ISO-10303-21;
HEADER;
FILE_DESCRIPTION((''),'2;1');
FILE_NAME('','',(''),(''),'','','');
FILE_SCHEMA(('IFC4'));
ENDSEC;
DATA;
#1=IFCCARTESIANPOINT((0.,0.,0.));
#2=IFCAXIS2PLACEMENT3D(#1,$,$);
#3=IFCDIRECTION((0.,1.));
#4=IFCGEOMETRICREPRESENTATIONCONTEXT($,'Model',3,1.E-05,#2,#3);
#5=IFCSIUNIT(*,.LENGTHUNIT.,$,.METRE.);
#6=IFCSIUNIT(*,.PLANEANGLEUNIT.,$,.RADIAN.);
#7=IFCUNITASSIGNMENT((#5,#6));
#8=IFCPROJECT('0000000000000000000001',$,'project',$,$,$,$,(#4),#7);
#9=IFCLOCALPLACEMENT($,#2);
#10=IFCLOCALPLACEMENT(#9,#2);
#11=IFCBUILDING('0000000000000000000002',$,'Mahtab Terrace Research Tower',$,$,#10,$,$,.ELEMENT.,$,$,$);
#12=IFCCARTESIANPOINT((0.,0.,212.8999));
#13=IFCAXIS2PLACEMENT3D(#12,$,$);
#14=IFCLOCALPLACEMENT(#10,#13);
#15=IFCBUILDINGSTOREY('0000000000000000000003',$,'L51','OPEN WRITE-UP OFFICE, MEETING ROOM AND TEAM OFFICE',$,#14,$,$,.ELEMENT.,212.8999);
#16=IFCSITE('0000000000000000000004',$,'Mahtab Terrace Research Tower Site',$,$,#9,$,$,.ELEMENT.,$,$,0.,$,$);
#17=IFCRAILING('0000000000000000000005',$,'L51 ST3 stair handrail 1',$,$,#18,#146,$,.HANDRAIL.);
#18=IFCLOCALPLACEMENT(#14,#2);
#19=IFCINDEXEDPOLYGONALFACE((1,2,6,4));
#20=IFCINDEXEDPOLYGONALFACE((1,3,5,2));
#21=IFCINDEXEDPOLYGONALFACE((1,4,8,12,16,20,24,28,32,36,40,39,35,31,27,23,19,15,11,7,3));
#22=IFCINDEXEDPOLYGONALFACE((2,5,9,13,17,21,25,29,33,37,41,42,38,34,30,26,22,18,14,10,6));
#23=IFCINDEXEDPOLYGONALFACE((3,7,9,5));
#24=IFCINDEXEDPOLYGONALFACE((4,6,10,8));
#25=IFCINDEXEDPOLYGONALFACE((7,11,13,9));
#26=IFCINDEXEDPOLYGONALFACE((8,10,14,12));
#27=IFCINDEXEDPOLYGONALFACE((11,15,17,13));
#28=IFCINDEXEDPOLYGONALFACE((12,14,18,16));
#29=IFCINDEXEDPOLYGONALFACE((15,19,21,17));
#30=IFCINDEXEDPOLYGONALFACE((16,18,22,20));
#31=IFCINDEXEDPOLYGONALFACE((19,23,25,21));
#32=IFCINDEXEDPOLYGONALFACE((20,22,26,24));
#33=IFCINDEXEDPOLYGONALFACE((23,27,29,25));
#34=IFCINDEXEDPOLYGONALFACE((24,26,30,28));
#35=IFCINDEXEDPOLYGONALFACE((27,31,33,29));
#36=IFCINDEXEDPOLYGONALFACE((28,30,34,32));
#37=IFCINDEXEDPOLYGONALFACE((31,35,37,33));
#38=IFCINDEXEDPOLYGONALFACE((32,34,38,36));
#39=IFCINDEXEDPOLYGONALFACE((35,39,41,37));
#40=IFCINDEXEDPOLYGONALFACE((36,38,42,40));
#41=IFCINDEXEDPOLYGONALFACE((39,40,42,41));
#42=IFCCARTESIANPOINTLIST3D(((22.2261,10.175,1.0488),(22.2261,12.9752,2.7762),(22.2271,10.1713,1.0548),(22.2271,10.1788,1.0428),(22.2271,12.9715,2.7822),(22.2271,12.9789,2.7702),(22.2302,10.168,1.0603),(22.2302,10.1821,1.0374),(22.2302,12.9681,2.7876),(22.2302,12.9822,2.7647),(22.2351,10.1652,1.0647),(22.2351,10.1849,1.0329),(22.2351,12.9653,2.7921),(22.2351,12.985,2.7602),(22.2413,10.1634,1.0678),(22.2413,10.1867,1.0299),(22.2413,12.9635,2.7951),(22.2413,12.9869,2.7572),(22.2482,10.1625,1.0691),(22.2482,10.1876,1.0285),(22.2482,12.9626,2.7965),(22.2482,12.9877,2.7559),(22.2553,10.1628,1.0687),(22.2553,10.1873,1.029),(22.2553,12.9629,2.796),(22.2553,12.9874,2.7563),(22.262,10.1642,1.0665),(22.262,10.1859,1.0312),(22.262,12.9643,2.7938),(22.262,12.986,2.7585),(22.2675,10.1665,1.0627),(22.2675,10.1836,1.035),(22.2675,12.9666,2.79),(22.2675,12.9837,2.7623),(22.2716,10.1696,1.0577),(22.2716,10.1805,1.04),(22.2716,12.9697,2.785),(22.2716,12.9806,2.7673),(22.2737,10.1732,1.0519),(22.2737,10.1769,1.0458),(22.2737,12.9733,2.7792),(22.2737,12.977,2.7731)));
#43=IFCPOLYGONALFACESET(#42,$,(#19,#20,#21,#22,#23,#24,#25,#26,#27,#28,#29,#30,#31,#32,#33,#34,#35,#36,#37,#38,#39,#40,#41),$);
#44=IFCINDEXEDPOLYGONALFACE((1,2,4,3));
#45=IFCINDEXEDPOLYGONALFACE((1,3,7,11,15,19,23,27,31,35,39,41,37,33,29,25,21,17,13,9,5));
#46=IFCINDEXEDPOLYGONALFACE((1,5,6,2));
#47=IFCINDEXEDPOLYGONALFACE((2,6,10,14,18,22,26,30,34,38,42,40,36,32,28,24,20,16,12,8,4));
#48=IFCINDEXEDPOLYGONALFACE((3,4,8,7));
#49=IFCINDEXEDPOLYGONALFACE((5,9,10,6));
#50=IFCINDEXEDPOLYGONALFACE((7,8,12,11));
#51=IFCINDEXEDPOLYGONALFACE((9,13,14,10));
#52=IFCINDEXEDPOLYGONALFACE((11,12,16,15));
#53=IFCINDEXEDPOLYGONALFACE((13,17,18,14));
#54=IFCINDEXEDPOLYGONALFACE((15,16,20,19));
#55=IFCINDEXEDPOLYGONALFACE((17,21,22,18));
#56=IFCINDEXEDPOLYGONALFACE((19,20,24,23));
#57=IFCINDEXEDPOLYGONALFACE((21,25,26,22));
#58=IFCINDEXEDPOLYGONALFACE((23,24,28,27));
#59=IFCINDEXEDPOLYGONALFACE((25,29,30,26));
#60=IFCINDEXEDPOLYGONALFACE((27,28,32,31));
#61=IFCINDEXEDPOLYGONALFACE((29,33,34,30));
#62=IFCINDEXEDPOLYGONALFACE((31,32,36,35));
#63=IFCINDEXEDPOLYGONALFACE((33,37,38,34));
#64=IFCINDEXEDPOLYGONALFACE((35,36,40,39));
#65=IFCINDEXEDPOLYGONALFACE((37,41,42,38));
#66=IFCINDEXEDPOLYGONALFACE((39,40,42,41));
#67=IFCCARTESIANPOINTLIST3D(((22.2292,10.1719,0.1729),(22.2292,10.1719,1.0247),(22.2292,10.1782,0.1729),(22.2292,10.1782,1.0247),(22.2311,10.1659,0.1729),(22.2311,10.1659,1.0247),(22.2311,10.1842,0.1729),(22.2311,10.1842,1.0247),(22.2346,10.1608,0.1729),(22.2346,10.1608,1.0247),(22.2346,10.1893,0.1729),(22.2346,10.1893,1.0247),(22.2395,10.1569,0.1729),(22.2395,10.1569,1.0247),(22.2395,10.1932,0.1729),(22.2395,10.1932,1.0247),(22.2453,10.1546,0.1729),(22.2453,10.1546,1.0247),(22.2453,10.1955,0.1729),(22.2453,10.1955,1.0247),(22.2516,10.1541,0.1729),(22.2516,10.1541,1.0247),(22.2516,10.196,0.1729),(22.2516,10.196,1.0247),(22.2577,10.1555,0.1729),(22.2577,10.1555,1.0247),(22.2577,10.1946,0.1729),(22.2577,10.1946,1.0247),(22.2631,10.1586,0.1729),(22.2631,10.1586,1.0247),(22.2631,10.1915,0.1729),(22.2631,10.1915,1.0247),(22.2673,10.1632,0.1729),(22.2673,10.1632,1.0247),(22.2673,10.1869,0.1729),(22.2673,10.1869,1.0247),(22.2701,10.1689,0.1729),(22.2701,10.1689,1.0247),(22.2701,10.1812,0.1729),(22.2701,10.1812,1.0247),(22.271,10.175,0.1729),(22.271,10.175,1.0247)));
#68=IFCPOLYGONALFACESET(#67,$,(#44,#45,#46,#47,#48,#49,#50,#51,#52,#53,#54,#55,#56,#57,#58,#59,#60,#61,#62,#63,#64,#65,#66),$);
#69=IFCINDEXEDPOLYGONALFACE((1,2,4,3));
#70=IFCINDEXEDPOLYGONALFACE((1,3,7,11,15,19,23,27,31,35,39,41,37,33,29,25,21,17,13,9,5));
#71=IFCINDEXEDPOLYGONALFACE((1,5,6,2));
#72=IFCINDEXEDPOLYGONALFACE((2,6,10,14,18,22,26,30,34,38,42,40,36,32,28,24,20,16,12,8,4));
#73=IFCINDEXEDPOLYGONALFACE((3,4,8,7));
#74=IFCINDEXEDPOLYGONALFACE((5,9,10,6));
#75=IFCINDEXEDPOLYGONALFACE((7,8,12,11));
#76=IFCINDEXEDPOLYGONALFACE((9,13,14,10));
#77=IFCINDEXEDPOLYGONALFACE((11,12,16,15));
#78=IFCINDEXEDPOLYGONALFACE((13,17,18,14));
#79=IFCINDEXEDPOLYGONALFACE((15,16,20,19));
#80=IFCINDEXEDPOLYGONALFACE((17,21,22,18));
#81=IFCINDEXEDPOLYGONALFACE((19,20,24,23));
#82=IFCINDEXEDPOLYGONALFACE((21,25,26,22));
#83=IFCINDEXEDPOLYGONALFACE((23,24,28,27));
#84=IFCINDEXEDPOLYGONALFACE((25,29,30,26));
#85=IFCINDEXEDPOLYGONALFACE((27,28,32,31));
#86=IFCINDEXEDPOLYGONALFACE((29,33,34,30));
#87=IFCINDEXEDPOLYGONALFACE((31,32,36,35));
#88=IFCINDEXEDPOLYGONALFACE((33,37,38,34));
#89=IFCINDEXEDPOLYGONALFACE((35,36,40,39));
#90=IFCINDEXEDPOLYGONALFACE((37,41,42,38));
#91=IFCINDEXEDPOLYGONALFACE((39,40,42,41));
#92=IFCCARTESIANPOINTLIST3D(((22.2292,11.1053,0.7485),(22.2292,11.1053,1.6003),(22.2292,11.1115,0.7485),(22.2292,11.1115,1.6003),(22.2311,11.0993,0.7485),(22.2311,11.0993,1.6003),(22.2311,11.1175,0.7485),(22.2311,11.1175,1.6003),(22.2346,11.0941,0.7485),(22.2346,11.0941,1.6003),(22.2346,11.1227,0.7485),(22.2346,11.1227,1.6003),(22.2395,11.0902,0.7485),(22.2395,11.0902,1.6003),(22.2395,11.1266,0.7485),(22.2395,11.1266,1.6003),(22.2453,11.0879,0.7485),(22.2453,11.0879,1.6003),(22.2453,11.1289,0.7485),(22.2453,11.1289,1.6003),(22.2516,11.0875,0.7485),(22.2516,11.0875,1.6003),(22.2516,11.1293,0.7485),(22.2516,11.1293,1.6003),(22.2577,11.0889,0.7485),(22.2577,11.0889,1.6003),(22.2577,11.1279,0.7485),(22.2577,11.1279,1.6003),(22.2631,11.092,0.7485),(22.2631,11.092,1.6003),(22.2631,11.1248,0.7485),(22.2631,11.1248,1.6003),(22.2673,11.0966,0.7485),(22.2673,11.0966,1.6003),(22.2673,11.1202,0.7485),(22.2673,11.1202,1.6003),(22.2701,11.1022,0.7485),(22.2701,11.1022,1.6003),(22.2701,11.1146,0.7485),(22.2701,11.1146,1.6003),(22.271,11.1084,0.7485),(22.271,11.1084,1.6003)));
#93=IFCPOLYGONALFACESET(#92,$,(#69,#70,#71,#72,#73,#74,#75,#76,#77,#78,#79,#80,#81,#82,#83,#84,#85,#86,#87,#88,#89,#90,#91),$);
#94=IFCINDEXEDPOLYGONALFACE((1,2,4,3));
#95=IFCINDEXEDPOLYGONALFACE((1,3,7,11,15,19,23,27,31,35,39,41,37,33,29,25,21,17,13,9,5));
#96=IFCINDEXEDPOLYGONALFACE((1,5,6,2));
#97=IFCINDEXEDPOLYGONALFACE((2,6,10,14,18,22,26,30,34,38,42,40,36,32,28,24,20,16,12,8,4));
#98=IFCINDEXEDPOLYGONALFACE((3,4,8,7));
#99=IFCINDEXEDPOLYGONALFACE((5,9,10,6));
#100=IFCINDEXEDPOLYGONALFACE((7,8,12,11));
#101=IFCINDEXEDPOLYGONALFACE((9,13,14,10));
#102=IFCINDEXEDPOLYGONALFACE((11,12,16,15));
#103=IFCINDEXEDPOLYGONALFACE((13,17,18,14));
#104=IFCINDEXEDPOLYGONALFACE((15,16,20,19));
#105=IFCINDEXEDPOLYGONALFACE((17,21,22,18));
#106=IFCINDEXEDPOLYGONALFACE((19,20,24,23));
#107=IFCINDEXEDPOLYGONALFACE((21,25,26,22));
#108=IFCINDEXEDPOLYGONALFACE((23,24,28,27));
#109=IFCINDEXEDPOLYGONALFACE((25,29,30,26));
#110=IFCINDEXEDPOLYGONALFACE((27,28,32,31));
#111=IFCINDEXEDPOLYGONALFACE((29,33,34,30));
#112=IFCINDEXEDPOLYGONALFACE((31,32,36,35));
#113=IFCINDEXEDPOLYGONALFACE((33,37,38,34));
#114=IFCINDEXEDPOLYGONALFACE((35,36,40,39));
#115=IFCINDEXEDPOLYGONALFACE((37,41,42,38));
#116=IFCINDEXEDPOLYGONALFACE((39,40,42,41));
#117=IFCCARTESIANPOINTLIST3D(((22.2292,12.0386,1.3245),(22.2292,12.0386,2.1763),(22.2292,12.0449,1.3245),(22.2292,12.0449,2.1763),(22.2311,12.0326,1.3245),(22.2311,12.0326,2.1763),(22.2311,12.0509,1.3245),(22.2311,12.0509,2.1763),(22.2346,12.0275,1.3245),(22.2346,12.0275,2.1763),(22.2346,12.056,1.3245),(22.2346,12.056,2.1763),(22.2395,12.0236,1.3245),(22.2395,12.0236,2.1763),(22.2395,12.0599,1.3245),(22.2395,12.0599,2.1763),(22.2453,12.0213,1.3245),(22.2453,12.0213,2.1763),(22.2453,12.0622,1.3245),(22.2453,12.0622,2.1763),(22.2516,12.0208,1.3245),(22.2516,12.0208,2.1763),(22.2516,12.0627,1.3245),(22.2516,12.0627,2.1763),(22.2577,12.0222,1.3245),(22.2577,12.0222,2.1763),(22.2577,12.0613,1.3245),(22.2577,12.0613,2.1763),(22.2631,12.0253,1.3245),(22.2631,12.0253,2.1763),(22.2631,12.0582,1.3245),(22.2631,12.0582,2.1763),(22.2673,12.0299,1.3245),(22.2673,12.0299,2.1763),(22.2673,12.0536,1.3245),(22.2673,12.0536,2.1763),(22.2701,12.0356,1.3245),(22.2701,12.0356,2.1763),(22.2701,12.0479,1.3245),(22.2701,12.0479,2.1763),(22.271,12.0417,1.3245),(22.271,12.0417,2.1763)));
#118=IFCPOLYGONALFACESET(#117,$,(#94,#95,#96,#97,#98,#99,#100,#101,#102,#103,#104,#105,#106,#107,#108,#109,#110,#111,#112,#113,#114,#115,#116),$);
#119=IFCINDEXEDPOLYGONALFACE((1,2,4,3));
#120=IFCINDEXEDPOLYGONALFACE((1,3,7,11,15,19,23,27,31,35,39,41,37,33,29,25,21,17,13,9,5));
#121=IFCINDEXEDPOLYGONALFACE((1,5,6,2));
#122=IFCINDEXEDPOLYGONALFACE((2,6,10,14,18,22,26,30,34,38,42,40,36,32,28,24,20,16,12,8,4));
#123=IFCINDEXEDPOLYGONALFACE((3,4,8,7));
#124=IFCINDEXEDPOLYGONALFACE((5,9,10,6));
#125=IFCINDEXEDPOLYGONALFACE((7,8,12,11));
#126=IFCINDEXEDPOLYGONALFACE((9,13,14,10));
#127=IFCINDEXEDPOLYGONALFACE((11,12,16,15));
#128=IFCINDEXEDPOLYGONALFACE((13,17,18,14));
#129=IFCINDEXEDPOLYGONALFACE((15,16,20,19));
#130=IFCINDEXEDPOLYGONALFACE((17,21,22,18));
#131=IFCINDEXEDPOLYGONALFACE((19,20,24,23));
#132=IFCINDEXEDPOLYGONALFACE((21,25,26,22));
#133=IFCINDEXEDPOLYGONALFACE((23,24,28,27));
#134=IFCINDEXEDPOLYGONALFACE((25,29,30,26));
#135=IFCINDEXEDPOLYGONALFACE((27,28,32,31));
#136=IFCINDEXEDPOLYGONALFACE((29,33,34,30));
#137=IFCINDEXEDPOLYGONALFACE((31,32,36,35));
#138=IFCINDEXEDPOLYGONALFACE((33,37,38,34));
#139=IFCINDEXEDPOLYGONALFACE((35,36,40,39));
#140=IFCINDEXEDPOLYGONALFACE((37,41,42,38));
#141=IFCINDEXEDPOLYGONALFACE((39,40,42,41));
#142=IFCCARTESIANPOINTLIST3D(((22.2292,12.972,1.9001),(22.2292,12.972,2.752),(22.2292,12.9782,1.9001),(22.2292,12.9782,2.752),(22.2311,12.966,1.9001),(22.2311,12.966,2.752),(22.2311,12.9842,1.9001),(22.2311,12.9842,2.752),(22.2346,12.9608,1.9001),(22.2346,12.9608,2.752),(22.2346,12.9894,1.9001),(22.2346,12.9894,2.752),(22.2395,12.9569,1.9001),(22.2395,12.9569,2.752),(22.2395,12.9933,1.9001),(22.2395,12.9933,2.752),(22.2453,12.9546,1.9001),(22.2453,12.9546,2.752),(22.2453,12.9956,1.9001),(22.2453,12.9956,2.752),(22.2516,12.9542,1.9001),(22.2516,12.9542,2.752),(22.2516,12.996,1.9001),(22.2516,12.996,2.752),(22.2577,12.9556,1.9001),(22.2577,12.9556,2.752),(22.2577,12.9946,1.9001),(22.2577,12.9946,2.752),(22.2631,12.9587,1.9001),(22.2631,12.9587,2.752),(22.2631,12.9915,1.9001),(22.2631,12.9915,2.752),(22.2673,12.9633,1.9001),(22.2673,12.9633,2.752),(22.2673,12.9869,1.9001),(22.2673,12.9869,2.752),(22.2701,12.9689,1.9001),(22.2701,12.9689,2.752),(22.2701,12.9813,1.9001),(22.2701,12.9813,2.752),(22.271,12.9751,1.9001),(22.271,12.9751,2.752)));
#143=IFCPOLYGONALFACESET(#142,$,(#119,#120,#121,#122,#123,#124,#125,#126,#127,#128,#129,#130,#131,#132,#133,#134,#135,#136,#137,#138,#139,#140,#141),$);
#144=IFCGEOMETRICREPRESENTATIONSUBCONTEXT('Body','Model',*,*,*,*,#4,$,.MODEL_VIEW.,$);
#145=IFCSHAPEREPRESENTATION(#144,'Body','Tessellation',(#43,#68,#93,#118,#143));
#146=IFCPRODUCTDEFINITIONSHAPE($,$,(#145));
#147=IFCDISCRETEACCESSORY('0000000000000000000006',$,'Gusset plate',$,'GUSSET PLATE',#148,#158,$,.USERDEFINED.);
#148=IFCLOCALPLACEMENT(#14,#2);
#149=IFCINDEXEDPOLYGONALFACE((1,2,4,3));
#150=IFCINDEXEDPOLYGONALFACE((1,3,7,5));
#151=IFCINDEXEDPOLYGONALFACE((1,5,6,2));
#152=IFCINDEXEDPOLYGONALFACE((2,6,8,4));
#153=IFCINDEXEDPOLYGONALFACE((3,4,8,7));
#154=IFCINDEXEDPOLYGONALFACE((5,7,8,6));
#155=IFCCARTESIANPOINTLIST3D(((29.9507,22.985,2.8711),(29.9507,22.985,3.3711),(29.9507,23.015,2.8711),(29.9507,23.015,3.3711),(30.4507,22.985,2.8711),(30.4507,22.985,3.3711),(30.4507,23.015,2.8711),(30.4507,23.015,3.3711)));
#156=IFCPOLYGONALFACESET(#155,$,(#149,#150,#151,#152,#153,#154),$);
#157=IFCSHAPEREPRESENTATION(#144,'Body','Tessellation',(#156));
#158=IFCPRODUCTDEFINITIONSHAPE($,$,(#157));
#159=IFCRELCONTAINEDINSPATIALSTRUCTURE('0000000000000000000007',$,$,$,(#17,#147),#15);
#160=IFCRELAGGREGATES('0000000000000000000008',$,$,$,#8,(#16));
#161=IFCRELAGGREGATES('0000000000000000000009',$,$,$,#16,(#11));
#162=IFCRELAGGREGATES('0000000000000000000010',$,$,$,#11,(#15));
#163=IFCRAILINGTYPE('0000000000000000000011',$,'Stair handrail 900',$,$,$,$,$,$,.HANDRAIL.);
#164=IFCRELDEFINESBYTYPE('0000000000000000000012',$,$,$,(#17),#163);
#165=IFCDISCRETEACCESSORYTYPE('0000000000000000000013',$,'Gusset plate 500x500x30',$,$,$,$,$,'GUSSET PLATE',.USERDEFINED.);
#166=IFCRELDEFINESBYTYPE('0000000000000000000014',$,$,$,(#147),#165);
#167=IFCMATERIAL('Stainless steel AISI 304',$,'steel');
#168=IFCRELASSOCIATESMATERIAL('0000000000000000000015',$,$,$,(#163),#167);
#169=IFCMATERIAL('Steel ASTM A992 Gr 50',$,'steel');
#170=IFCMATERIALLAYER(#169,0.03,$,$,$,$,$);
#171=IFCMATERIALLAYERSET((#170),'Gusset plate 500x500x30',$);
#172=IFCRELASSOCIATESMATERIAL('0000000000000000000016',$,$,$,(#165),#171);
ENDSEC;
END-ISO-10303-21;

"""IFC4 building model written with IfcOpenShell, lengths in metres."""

from ifc_helpers import new_model, si_unit, direction, frame, origin, origin_2d, place, context, subcontext, project, spatial, rectangle, circle, extrude, material, layer, layer_set, type_object, element, save


model = new_model("IFC4")

# Units and contexts
model_context = context("Model", 3, precision=1e-05, world=origin(), true_north=direction((0.0, 1.0)))
body_context = subcontext(model_context, "Body", "Model", "MODEL_VIEW")
ifc_project = project(units=[si_unit("LENGTHUNIT", "METRE"), si_unit("PLANEANGLEUNIT", "RADIAN")], contexts=[model_context])

# Site, building, storey
site_placement = place(None, origin())
site = spatial("IfcSite", under=ifc_project, at=site_placement, Name="Mahtab Terrace Research Tower Site", CompositionType="ELEMENT", RefElevation=0.0)
building_placement = place(site_placement, origin())
building = spatial("IfcBuilding", under=site, at=building_placement, Name="Mahtab Terrace Research Tower", CompositionType="ELEMENT")
storey_placement = place(building_placement, frame((0.0, 0.0, 212.8999)))
storey = spatial("IfcBuildingStorey", under=building, at=storey_placement, Name="L51", Description="OPEN WRITE-UP OFFICE, MEETING ROOM AND TEAM OFFICE", CompositionType="ELEMENT", Elevation=212.8999)

# Shared definitions
ifc_material_1 = material(Name="Steel ASTM A992 Gr 50", Category="steel")

# Shared definitions
ifc_material_2 = material(Name="Stainless steel AISI 304", Category="steel")

# Railing
railing_type_1 = type_object("IfcRailingType", Name="Stair handrail 900", PredefinedType="HANDRAIL", material=ifc_material_2)
railing_1_placement = place(storey_placement, frame((22.25, 10.175, 0.1729)))
element("IfcRailing", 1, at=railing_1_placement, inside=storey, type_object=railing_type_1, Name="L51 ST3 stair handrail 1", PredefinedType="HANDRAIL", context=body_context, shape_type="SweptSolid", body=[
    extrude(circle(Radius=0.0239, at=origin_2d()), frame((0.0, 0.0, 0.876), z_axis=(0.0, 0.85109, 0.52502), x_axis=(-1.0, 0.0, 0.0)), (0.0, 0.0, 1.0), 3.29),
    extrude(circle(Radius=0.021, at=origin_2d()), origin(), (0.0, 0.0, 1.0), 0.8518),
    extrude(circle(Radius=0.021, at=origin_2d()), frame((0.0, 0.9333, 0.5757)), (0.0, 0.0, 1.0), 0.8518),
    extrude(circle(Radius=0.021, at=origin_2d()), frame((0.0, 1.8667, 1.1516)), (0.0, 0.0, 1.0), 0.8518),
    extrude(circle(Radius=0.021, at=origin_2d()), frame((0.0, 2.8, 1.7273)), (0.0, 0.0, 1.0), 0.8518),
])

# Discrete accessory
ifc_layer_1 = layer(ifc_material_1, 0.03)
ifc_layer_set_1 = layer_set([ifc_layer_1], Name="Gusset plate 500x500x30")
discrete_accessory_type = type_object("IfcDiscreteAccessoryType", Name="Gusset plate 500x500x30", ElementType="GUSSET PLATE", PredefinedType="USERDEFINED", material=ifc_layer_set_1)
discrete_accessory_placement = place(storey_placement, frame((30.2007, 23.0, 2.8711), z_axis=(0.0, 0.0, 1.0), x_axis=(1.0, 0.0, 0.0)))
element("IfcDiscreteAccessory", 2, at=discrete_accessory_placement, inside=storey, type_object=discrete_accessory_type, Name="Gusset plate", ObjectType="GUSSET PLATE", PredefinedType="USERDEFINED", context=body_context, shape_type="SweptSolid", body=[
    extrude(rectangle(XDim=0.5, YDim=0.03, at=origin_2d()), origin(), (0.0, 0.0, 1.0), 0.5),
])

save(model, "model.ifc")
